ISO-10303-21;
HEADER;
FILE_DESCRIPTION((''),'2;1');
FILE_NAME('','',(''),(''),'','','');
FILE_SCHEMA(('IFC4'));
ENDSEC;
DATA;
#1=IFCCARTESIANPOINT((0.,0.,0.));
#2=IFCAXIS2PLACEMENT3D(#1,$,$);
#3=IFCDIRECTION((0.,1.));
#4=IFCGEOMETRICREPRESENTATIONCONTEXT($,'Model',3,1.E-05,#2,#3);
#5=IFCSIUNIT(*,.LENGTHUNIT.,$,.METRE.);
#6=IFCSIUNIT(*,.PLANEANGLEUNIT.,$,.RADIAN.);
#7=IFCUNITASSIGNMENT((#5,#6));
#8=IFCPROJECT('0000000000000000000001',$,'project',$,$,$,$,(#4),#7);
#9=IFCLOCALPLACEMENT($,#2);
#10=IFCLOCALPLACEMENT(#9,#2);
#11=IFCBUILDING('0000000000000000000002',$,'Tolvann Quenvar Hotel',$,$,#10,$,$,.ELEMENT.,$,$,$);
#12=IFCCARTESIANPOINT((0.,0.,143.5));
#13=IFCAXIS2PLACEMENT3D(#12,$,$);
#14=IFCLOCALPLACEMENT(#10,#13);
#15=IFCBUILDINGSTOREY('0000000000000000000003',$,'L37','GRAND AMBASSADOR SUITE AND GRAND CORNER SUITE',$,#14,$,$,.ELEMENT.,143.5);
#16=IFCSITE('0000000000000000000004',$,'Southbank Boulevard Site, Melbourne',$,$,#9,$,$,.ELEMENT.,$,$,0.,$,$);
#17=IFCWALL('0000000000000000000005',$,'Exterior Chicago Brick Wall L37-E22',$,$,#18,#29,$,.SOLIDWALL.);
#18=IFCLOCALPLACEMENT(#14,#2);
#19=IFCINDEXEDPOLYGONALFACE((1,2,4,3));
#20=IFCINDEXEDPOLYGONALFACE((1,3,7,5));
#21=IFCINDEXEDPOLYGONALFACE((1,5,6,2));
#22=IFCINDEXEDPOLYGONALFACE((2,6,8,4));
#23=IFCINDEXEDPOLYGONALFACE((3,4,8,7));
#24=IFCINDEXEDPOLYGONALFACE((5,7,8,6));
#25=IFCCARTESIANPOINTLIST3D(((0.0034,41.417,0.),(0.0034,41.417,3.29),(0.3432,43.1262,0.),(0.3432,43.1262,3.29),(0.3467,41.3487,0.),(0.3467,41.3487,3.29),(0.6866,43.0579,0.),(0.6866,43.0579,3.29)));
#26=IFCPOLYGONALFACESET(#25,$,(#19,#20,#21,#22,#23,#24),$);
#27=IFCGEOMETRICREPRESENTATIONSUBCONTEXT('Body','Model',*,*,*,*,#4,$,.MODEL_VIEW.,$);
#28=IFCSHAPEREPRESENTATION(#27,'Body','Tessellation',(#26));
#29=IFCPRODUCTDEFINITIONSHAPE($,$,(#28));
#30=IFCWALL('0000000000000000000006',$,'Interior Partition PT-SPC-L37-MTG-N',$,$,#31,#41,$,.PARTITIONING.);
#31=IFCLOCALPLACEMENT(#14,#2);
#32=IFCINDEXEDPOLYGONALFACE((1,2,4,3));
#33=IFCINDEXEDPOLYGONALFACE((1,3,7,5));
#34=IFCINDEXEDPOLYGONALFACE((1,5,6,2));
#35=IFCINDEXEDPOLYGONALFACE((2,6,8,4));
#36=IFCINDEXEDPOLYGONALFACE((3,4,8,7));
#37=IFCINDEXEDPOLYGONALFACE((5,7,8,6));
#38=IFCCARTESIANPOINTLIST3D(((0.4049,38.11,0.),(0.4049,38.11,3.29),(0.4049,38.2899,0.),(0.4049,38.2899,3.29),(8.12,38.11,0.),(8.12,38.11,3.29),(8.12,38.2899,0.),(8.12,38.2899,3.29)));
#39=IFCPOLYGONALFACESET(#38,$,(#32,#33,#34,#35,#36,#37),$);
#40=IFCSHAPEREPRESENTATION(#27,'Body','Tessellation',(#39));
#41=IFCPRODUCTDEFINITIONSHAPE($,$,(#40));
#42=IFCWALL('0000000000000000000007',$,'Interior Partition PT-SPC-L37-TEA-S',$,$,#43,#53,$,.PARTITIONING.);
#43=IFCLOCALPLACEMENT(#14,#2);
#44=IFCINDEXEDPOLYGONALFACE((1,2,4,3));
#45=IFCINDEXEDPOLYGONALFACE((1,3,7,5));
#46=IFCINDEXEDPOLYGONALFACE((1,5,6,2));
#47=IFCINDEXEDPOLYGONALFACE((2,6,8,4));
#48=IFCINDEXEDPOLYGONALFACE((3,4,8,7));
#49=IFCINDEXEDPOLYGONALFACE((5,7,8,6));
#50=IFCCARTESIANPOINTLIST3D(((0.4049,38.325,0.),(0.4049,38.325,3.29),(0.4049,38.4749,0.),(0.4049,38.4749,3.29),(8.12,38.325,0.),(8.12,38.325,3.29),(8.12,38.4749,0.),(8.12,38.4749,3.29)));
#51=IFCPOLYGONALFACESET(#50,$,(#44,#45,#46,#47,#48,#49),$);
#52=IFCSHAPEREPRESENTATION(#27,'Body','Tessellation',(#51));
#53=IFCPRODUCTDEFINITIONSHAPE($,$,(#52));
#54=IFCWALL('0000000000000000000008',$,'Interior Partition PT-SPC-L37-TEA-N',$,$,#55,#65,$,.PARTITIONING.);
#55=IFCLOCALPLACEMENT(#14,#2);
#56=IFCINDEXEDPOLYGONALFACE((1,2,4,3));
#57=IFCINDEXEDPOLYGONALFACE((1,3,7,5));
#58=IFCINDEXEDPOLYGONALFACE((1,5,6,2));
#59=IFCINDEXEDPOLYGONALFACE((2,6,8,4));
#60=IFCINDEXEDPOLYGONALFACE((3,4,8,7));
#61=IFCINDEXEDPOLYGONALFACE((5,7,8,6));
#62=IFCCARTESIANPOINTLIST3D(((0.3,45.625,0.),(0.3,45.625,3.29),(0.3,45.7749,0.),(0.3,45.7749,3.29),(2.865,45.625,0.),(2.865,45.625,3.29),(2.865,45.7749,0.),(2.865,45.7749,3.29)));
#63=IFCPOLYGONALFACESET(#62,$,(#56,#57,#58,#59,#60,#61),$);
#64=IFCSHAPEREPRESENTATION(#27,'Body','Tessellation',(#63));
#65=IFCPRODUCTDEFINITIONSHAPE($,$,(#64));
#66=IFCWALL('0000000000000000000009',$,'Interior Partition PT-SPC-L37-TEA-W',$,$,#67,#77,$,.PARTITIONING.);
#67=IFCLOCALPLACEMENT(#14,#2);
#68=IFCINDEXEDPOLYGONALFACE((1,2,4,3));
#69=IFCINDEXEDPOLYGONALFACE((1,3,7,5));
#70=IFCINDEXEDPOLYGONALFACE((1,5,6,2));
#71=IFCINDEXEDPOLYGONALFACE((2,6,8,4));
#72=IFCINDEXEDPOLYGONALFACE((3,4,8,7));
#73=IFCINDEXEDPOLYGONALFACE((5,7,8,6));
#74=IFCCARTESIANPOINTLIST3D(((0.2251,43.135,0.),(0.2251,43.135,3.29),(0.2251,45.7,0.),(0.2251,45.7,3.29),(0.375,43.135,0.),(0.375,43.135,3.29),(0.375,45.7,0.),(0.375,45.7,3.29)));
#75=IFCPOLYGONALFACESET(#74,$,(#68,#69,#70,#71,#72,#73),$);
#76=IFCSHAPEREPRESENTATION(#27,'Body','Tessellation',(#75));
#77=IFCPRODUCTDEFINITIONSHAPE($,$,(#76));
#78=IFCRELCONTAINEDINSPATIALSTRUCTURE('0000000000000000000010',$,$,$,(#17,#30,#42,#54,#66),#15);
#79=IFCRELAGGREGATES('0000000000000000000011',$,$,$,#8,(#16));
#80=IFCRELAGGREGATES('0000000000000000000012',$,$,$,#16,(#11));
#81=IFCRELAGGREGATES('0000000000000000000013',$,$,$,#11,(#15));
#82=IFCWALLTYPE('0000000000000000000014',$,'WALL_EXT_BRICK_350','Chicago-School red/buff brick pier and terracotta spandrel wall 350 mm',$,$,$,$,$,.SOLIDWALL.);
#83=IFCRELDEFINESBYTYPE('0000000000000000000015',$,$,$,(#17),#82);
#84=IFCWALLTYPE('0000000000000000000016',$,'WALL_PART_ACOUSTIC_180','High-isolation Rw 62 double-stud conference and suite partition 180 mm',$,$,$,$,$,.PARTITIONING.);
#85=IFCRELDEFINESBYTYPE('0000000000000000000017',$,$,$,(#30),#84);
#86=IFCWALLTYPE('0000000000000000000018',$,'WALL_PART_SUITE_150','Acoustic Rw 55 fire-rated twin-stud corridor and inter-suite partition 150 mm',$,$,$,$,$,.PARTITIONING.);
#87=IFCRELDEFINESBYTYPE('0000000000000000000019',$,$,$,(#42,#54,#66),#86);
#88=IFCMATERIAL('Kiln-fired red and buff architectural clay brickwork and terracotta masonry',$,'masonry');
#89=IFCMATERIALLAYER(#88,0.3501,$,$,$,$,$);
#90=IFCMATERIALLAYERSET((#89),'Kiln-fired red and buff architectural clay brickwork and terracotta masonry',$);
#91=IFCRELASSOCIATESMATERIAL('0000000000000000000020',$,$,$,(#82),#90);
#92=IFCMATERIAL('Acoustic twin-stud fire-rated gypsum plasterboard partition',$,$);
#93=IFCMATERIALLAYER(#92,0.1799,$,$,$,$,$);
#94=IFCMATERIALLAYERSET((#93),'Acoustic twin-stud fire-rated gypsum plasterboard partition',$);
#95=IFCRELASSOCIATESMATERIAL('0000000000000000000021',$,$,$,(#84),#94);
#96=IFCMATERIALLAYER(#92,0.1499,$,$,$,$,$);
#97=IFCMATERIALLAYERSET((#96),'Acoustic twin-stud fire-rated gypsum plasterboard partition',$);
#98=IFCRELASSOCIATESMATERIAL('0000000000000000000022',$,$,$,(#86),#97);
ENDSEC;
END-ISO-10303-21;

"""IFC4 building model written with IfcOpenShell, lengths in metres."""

from ifc_helpers import new_model, si_unit, direction, frame, frame_2d, origin, place, context, subcontext, project, spatial, rectangle, extrude, material, layer, layer_set, type_object, element, save


model = new_model("IFC4")

# Units and contexts
model_context = context("Model", 3, precision=1e-05, world=origin(), true_north=direction((0.0, 1.0)))
body_context = subcontext(model_context, "Body", "Model", "MODEL_VIEW")
ifc_project = project(units=[si_unit("LENGTHUNIT", "METRE"), si_unit("PLANEANGLEUNIT", "RADIAN")], contexts=[model_context])

# Site, building, storey
site_placement = place(None, origin())
site = spatial("IfcSite", under=ifc_project, at=site_placement, Name="Southbank Boulevard Site, Melbourne", CompositionType="ELEMENT", RefElevation=0.0)
building_placement = place(site_placement, origin())
building = spatial("IfcBuilding", under=site, at=building_placement, Name="Tolvann Quenvar Hotel", CompositionType="ELEMENT")
storey_placement = place(building_placement, frame((0.0, 0.0, 143.5)))
storey = spatial("IfcBuildingStorey", under=building, at=storey_placement, Name="L37", Description="GRAND AMBASSADOR SUITE AND GRAND CORNER SUITE", CompositionType="ELEMENT", Elevation=143.5)

# Wall
ifc_material_1 = material(Name="Kiln-fired red and buff architectural clay brickwork and terracotta masonry", Category="masonry")
ifc_layer_1 = layer(ifc_material_1, 0.3501)
ifc_layer_set_1 = layer_set([ifc_layer_1], Name="Kiln-fired red and buff architectural clay brickwork and terracotta masonry")
wall_type_1 = type_object("IfcWallType", Name="WALL_EXT_BRICK_350", Description="Chicago-School red/buff brick pier and terracotta spandrel wall 350 mm", PredefinedType="SOLIDWALL", material=ifc_layer_set_1)
wall_1_placement = place(storey_placement, frame((0.5149, 43.092, 0.0), z_axis=(0.0, 0.0, 1.0), x_axis=(-0.195011, -0.980801, 0.0)))
element("IfcWall", 1, at=wall_1_placement, inside=storey, type_object=wall_type_1, Name="Exterior Chicago Brick Wall L37-E22", PredefinedType="SOLIDWALL", context=body_context, shape_type="SweptSolid", body=[
    extrude(rectangle(XDim=1.7427, YDim=0.3501, at=frame_2d((0.8713, 0.0))), origin(), (0.0, 0.0, 1.0), 3.29),
])

# Walls
ifc_material_2 = material(Name="Acoustic twin-stud fire-rated gypsum plasterboard partition")
ifc_layer_2 = layer(ifc_material_2, 0.1799)
ifc_layer_set_2 = layer_set([ifc_layer_2], Name="Acoustic twin-stud fire-rated gypsum plasterboard partition")
wall_type_2 = type_object("IfcWallType", Name="WALL_PART_ACOUSTIC_180", Description="High-isolation Rw 62 double-stud conference and suite partition 180 mm", PredefinedType="PARTITIONING", material=ifc_layer_set_2)
wall_2_placement = place(storey_placement, frame((0.405, 38.2, 0.0), z_axis=(0.0, 0.0, 1.0), x_axis=(1.0, 0.0, 0.0)))
element("IfcWall", 2, at=wall_2_placement, inside=storey, type_object=wall_type_2, Name="Interior Partition PT-SPC-L37-MTG-N", PredefinedType="PARTITIONING", context=body_context, shape_type="SweptSolid", body=[
    extrude(rectangle(XDim=7.7151, YDim=0.1799, at=frame_2d((3.8574, 0.0))), origin(), (0.0, 0.0, 1.0), 3.29),
])
ifc_layer_3 = layer(ifc_material_2, 0.1499)
ifc_layer_set_3 = layer_set([ifc_layer_3], Name="Acoustic twin-stud fire-rated gypsum plasterboard partition")
wall_type_3 = type_object("IfcWallType", Name="WALL_PART_SUITE_150", Description="Acoustic Rw 55 fire-rated twin-stud corridor and inter-suite partition 150 mm", PredefinedType="PARTITIONING", material=ifc_layer_set_3)
wall_3_placement = place(storey_placement, frame((0.405, 38.3999, 0.0), z_axis=(0.0, 0.0, 1.0), x_axis=(1.0, 0.0, 0.0)))
element("IfcWall", 3, at=wall_3_placement, inside=storey, type_object=wall_type_3, Name="Interior Partition PT-SPC-L37-TEA-S", PredefinedType="PARTITIONING", context=body_context, shape_type="SweptSolid", body=[
    extrude(rectangle(XDim=7.7151, YDim=0.1499, at=frame_2d((3.8574, 0.0))), origin(), (0.0, 0.0, 1.0), 3.29),
])
for number, where, z_axis, x_axis, name in (
    (4, (0.3, 45.7, 0.0), (0.0, 0.0, 1.0), (1.0, 0.0, 0.0), "Interior Partition PT-SPC-L37-TEA-N"),
    (5, (0.3, 43.135, 0.0), (0.0, 0.0, 1.0), (0.0, 1.0, 0.0), "Interior Partition PT-SPC-L37-TEA-W"),
):
    element("IfcWall", number, at=place(storey_placement, frame(where, z_axis=z_axis, x_axis=x_axis)), inside=storey, type_object=wall_type_3, Name=name, PredefinedType="PARTITIONING", context=body_context, shape_type="SweptSolid", body=[
        extrude(rectangle(XDim=2.5649, YDim=0.1499, at=frame_2d((1.2825, 0.0))), origin(), (0.0, 0.0, 1.0), 3.29),
    ])

save(model, "model.ifc")
